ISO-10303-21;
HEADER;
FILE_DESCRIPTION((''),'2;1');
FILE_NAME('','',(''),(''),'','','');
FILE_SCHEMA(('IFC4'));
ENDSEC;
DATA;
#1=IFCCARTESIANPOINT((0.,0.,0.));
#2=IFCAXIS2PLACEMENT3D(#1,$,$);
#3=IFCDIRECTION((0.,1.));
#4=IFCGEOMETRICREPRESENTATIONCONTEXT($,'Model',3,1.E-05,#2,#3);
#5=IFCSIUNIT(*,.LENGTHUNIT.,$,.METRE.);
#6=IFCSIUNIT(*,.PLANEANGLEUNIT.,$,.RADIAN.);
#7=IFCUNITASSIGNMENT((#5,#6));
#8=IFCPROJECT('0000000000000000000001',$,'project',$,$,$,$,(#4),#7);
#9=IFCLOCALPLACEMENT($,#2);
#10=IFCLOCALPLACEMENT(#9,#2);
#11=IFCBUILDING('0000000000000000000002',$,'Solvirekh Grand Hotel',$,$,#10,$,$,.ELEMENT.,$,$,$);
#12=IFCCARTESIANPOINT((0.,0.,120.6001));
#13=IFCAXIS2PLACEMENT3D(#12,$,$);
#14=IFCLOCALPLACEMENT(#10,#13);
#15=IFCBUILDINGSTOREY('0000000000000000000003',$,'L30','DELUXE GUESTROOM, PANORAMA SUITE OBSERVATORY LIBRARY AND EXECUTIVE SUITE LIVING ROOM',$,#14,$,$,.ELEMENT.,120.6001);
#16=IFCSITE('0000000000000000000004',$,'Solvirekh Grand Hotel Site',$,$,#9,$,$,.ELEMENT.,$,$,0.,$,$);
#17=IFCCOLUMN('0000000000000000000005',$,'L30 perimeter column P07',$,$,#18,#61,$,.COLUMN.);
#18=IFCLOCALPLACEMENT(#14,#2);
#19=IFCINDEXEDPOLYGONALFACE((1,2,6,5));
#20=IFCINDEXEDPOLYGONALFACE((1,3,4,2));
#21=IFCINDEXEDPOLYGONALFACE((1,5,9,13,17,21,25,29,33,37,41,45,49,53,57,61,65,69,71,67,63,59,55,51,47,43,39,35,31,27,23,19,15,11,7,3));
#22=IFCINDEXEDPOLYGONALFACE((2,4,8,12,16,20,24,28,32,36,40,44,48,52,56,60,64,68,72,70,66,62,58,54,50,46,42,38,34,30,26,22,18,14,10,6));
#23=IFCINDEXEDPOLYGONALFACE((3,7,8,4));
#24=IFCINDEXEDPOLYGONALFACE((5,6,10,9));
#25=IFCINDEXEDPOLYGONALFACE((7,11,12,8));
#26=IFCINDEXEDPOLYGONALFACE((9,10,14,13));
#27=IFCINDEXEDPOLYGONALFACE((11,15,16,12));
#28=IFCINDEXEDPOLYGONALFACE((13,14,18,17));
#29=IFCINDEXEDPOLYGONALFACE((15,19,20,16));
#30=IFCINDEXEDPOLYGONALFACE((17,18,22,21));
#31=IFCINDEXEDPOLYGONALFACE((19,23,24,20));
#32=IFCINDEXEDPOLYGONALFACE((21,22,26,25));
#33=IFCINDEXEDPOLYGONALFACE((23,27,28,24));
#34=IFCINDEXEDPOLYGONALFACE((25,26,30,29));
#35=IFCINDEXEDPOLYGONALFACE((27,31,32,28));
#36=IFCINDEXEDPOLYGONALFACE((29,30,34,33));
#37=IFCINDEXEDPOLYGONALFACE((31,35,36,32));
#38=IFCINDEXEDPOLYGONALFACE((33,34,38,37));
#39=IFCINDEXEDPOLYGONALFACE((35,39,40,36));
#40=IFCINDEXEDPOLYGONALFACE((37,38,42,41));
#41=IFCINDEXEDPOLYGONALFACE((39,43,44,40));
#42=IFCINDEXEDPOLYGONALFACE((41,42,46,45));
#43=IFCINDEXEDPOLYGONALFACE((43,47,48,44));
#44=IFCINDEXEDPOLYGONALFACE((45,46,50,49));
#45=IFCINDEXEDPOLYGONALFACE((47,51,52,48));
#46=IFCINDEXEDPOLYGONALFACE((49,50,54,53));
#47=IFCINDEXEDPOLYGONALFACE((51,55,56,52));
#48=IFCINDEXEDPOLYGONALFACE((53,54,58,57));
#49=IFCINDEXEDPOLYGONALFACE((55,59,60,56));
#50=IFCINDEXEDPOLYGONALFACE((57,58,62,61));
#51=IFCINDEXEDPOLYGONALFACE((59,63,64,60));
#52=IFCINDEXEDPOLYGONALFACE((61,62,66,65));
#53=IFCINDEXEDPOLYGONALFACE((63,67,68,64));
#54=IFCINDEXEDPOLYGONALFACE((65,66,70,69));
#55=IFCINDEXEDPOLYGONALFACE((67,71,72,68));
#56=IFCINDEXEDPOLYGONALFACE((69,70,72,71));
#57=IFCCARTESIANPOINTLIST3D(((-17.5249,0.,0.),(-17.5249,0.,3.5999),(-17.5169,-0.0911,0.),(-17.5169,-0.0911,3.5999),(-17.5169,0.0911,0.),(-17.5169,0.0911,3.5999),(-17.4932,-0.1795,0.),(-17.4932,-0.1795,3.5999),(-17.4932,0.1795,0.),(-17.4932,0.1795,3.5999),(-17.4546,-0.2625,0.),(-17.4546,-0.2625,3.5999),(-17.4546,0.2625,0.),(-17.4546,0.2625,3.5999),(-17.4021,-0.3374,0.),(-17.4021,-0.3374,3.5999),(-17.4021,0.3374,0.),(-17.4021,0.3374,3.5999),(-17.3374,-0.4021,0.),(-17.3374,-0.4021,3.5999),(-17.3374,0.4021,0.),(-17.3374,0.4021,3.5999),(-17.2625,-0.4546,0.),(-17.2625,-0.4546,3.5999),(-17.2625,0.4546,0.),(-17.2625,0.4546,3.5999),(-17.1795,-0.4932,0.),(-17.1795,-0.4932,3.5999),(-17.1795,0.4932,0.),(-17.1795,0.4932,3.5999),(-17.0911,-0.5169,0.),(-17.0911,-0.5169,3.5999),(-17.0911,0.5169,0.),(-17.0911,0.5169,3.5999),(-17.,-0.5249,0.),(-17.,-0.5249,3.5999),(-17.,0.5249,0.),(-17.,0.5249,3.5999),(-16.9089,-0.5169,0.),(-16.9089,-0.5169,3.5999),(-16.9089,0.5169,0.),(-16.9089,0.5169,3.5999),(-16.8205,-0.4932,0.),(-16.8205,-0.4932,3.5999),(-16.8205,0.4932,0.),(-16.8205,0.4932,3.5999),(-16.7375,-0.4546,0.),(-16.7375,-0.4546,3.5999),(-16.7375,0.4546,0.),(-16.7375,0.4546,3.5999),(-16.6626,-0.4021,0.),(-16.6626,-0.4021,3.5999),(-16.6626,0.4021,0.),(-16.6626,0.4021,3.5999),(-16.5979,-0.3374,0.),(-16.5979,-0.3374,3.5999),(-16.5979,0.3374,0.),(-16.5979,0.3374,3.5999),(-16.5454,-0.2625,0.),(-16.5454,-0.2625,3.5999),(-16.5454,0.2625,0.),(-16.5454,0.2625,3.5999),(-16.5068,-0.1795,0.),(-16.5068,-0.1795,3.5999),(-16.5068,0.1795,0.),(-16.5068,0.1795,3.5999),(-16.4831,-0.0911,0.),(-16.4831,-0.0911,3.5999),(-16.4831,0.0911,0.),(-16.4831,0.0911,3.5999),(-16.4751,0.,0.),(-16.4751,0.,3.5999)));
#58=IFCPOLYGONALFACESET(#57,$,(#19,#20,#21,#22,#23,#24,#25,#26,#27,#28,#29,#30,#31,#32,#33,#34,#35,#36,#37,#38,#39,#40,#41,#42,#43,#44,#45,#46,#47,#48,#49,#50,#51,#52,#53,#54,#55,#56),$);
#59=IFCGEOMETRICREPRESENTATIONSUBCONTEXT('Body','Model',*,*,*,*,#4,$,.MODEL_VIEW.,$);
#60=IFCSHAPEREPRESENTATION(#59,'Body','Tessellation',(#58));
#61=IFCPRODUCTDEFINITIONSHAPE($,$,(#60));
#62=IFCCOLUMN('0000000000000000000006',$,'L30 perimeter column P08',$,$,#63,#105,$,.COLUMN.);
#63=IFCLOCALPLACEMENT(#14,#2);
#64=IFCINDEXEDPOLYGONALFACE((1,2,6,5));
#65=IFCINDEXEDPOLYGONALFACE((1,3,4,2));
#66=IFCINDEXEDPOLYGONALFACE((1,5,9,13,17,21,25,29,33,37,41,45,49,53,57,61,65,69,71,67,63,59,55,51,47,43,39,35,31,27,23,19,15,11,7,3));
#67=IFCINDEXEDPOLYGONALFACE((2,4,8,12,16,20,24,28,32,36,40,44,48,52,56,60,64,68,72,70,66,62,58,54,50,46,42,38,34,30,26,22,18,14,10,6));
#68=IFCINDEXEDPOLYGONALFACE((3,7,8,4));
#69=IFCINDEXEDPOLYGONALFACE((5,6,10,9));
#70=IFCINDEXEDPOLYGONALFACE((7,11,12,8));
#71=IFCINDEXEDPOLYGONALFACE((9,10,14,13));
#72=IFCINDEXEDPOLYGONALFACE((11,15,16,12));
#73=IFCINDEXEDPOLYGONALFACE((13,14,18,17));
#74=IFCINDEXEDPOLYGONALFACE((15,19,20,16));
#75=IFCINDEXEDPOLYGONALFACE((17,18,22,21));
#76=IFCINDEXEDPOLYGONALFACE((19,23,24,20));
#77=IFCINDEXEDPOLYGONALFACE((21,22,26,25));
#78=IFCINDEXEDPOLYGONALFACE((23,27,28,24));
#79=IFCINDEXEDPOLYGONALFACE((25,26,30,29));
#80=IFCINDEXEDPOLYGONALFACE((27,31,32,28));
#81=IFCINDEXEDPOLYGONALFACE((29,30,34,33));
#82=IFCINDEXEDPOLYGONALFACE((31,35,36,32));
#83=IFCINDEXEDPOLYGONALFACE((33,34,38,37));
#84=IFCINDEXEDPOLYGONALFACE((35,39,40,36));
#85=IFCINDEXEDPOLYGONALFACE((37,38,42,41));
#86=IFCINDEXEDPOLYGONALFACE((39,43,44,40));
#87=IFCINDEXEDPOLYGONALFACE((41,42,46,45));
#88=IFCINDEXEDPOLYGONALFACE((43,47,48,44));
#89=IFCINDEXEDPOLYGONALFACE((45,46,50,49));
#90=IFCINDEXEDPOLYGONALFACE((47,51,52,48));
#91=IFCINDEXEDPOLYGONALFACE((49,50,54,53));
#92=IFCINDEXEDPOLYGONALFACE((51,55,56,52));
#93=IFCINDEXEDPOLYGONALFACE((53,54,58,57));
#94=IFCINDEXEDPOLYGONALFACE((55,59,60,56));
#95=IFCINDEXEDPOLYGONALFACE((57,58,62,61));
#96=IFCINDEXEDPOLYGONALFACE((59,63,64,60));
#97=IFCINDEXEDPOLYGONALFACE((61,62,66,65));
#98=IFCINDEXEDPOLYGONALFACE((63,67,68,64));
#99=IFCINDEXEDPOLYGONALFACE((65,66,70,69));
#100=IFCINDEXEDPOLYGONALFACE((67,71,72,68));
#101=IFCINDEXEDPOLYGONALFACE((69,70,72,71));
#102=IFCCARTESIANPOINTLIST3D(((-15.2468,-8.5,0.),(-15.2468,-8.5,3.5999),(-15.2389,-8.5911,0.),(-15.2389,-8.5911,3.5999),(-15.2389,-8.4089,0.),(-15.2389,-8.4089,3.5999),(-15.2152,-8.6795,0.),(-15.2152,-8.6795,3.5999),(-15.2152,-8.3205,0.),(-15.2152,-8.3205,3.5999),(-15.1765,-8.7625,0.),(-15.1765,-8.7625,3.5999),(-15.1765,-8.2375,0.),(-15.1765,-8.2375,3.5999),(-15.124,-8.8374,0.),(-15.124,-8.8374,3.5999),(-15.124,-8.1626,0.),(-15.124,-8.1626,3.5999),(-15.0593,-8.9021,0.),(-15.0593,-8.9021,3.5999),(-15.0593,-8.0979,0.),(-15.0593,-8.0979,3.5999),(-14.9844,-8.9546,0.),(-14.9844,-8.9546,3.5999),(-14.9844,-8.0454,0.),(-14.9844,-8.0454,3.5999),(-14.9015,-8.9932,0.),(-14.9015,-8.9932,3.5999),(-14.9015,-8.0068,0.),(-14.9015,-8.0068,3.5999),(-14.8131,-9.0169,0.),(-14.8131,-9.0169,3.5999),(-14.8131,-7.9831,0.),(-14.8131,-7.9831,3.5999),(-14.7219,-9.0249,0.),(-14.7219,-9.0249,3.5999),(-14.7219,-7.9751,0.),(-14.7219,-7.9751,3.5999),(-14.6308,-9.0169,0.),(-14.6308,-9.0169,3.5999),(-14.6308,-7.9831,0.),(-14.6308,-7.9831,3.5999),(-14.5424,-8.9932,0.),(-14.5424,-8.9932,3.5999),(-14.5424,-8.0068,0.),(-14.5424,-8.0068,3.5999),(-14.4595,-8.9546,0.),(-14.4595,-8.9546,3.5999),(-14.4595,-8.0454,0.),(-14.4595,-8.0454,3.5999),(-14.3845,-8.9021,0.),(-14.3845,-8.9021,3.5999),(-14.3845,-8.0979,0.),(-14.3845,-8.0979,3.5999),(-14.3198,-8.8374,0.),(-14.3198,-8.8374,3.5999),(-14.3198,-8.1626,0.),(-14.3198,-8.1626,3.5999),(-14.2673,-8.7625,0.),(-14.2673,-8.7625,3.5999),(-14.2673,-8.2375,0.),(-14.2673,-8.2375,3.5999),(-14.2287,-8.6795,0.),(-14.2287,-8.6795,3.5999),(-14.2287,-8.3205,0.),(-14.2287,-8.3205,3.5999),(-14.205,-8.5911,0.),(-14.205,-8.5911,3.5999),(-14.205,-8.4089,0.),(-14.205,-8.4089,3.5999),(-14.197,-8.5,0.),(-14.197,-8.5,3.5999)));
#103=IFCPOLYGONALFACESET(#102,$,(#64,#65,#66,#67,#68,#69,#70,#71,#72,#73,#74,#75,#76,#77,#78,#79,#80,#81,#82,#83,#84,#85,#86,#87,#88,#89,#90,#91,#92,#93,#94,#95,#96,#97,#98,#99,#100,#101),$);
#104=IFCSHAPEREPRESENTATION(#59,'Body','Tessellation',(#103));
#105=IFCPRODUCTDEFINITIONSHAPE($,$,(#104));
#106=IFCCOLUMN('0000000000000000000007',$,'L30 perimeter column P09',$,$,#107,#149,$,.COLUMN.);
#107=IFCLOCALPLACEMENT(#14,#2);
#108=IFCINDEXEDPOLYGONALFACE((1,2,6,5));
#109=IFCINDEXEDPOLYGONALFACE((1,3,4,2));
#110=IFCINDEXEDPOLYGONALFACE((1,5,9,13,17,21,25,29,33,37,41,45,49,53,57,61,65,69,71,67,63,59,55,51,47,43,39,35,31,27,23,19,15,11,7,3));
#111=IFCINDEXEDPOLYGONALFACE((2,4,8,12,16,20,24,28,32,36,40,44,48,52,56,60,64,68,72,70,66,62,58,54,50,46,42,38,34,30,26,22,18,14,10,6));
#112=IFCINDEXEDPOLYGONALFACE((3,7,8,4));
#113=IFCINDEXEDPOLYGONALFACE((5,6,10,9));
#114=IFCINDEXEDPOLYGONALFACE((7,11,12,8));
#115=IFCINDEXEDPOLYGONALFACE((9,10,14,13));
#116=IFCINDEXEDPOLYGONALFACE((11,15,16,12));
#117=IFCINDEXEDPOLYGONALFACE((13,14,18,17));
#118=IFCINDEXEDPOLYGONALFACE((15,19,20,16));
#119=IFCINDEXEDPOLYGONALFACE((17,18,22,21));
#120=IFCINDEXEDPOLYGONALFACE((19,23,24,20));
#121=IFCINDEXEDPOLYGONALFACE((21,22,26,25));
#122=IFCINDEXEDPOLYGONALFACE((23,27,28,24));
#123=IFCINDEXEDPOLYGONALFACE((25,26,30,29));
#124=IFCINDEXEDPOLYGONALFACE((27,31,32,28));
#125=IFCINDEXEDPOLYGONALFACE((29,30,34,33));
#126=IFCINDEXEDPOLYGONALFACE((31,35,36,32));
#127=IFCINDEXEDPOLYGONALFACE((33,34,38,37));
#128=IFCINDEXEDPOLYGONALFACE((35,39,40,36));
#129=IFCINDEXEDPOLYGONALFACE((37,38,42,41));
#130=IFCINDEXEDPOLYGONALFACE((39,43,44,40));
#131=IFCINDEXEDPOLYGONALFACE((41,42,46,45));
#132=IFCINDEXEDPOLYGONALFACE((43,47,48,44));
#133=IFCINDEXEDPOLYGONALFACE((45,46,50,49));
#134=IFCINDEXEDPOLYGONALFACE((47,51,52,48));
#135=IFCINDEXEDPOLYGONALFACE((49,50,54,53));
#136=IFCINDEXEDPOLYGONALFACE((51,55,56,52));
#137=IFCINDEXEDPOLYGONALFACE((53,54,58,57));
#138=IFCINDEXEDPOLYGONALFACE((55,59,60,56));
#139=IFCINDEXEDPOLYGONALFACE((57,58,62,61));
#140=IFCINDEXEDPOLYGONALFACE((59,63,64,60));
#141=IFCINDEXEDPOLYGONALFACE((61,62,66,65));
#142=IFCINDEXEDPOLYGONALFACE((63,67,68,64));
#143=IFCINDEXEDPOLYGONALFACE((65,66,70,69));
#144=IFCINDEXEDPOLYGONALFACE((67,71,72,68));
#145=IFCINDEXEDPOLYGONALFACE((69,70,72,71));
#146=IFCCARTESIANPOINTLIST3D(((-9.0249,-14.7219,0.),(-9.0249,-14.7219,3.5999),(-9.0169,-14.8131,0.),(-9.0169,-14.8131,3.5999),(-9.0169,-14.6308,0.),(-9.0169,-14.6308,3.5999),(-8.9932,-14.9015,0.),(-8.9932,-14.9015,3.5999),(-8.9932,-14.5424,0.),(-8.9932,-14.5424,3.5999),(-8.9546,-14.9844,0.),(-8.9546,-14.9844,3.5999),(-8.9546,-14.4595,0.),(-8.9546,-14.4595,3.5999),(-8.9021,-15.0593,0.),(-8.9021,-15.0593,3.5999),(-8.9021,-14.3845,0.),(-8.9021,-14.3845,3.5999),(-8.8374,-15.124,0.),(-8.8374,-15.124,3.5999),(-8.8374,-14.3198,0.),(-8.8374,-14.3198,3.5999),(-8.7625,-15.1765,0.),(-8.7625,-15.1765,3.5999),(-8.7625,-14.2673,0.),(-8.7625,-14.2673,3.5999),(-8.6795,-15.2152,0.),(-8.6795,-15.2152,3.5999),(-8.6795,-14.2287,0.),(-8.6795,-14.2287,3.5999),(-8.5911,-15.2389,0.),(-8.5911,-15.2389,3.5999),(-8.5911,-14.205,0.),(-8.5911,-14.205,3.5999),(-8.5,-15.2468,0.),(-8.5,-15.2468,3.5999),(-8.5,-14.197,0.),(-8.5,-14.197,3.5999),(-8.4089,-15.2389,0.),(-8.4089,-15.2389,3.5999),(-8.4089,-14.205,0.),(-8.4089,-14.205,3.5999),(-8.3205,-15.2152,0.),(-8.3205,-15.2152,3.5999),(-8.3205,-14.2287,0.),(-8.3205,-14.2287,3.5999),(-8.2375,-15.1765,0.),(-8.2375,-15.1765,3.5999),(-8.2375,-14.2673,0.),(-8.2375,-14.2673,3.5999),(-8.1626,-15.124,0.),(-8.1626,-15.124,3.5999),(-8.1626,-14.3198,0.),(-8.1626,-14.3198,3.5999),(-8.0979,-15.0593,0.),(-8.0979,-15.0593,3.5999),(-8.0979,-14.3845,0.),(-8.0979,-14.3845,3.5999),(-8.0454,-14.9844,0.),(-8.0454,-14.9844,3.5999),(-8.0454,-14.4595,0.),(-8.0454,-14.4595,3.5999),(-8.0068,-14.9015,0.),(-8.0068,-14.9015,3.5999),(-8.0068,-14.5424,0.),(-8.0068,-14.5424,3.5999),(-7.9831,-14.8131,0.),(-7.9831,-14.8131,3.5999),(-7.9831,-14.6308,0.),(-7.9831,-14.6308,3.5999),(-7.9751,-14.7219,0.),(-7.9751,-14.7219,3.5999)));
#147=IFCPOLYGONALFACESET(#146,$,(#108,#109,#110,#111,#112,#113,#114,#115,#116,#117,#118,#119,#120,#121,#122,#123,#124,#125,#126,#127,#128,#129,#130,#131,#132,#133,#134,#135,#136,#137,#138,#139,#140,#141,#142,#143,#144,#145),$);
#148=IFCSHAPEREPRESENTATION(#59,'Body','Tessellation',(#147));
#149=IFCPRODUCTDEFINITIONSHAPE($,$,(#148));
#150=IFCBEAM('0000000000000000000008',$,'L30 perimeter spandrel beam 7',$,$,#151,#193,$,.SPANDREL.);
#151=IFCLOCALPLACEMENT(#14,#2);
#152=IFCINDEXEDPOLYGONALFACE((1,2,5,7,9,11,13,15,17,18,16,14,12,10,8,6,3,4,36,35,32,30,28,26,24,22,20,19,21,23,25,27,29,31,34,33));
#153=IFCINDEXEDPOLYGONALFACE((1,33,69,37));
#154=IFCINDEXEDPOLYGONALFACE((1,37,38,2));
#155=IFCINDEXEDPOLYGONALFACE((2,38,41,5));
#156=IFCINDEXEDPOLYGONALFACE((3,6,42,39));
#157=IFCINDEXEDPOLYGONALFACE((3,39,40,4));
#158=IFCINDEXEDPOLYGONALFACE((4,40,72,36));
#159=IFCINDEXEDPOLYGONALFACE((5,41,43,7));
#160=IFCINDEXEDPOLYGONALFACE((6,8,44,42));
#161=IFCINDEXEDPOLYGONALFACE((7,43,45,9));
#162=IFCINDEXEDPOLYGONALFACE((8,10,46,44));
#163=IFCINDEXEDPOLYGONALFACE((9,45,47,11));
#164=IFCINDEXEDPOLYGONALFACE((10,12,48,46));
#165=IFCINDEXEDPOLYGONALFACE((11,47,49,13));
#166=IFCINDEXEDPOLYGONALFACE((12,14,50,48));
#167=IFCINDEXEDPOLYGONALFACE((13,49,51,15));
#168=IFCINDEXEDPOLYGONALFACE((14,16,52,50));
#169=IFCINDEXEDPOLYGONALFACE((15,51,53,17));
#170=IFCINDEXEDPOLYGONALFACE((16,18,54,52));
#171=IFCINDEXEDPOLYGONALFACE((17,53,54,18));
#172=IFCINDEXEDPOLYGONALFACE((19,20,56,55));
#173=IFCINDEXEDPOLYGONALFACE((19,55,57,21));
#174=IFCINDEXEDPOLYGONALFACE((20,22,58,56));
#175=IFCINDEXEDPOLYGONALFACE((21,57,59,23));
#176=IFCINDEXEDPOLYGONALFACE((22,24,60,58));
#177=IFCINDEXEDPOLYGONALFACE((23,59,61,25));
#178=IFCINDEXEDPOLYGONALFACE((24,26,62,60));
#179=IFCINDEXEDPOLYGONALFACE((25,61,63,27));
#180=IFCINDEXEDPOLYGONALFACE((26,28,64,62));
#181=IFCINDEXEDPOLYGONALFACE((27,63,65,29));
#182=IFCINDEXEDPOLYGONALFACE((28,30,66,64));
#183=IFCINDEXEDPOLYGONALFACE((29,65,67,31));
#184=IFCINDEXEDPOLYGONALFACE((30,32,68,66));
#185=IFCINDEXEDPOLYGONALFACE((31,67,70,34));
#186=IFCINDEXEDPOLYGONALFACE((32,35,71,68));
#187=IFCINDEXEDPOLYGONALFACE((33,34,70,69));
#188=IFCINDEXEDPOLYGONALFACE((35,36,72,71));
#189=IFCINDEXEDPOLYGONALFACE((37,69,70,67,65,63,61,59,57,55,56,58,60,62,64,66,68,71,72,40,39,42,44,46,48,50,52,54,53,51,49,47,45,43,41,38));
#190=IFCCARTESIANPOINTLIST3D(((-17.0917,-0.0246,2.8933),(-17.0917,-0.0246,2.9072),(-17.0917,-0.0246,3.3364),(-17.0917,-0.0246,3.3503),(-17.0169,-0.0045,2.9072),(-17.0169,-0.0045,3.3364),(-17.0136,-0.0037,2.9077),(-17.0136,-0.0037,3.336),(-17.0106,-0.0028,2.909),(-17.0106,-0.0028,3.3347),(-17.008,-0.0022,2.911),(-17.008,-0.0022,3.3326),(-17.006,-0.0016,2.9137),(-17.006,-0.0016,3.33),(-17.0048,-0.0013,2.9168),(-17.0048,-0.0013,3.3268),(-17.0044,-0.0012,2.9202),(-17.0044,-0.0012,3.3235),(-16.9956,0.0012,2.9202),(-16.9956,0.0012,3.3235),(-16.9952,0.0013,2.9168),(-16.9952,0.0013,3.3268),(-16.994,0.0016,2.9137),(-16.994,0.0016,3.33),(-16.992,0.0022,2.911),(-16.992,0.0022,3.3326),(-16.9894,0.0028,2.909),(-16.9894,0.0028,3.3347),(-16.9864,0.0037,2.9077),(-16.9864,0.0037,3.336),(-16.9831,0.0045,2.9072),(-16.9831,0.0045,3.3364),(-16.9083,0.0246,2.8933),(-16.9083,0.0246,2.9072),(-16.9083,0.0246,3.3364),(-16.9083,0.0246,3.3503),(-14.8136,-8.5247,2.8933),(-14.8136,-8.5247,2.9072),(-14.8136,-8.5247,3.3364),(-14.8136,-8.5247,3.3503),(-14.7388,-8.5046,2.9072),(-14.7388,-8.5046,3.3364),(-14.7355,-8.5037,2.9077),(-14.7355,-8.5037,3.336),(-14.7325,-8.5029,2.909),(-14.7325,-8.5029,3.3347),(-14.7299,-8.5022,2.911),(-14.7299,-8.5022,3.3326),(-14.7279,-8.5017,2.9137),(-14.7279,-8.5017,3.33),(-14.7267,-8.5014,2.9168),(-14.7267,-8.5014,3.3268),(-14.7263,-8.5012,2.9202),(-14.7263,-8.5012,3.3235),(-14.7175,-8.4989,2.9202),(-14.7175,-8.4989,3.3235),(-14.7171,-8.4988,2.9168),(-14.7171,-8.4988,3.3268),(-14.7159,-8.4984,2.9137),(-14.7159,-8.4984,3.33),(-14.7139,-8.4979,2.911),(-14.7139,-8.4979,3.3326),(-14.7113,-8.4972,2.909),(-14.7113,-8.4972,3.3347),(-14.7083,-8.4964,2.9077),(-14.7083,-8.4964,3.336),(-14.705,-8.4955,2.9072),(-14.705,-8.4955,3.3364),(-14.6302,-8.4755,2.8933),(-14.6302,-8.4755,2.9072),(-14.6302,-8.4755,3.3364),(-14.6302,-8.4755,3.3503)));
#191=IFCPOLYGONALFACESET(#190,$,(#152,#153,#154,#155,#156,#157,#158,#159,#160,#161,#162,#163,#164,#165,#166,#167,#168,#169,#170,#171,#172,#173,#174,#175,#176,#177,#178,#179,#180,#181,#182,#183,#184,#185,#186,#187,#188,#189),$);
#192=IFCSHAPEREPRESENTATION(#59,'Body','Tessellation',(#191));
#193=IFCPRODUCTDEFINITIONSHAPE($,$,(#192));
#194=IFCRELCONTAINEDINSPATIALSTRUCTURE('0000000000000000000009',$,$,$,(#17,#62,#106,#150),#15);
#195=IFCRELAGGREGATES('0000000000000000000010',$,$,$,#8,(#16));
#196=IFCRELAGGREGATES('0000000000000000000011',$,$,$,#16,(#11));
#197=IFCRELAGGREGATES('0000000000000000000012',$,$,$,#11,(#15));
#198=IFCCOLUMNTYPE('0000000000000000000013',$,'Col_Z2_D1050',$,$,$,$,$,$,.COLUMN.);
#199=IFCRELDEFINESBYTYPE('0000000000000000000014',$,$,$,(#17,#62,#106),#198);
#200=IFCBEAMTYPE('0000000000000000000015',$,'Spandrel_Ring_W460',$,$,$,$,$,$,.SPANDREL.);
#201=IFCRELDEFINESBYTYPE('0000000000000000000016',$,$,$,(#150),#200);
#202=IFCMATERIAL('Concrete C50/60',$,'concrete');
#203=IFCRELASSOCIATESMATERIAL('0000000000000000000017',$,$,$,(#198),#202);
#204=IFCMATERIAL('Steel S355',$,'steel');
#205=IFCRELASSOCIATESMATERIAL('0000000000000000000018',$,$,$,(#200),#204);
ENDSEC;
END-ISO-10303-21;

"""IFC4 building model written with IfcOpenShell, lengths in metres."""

from ifc_helpers import new_model, si_unit, direction, frame, origin, origin_2d, place, context, subcontext, project, spatial, circle, i_section, extrude, material, material_profile, profile_set, type_object, element, save


model = new_model("IFC4")

# Units and contexts
model_context = context("Model", 3, precision=1e-05, world=origin(), true_north=direction((0.0, 1.0)))
body_context = subcontext(model_context, "Body", "Model", "MODEL_VIEW")
ifc_project = project(units=[si_unit("LENGTHUNIT", "METRE"), si_unit("PLANEANGLEUNIT", "RADIAN")], contexts=[model_context])

# Site, building, storey
site_placement = place(None, origin())
site = spatial("IfcSite", under=ifc_project, at=site_placement, Name="Solvirekh Grand Hotel Site", CompositionType="ELEMENT", RefElevation=0.0)
building_placement = place(site_placement, origin())
building = spatial("IfcBuilding", under=site, at=building_placement, Name="Solvirekh Grand Hotel", CompositionType="ELEMENT")
storey_placement = place(building_placement, frame((0.0, 0.0, 120.6001)))
storey = spatial("IfcBuildingStorey", under=building, at=storey_placement, Name="L30", Description="DELUXE GUESTROOM, PANORAMA SUITE OBSERVATORY LIBRARY AND EXECUTIVE SUITE LIVING ROOM", CompositionType="ELEMENT", Elevation=120.6001)

# Columns
ifc_material_1 = material(Name="Concrete C50/60", Category="concrete")
ifc_material_profile_1 = material_profile(ifc_material_1, circle(Radius=0.5249, at=origin_2d()), Name="RC CIRC D1050")
ifc_profile_set_1 = profile_set([ifc_material_profile_1], Name="Concrete C50/60")
column_type = type_object("IfcColumnType", Name="Col_Z2_D1050", PredefinedType="COLUMN", material=ifc_profile_set_1)
for number, where, z_axis, x_axis, name in (
    (1, (-17.0, 0.0, 0.0), (0.0, 0.0, 1.0), (1.0, 0.0, 0.0), "L30 perimeter column P07"),
    (2, (-14.7219, -8.5, 0.0), (0.0, 0.0, 1.0), (1.0, 0.0, 0.0), "L30 perimeter column P08"),
    (3, (-8.5, -14.7219, 0.0), (0.0, 0.0, 1.0), (1.0, 0.0, 0.0), "L30 perimeter column P09"),
):
    element("IfcColumn", number, at=place(storey_placement, frame(where, z_axis=z_axis, x_axis=x_axis)), inside=storey, type_object=column_type, Name=name, PredefinedType="COLUMN", context=body_context, shape_type="SweptSolid", body=[
        extrude(circle(Radius=0.5249, at=origin_2d()), origin(), (0.0, 0.0, 1.0), 3.5999),
    ])

# Beam
ifc_material_2 = material(Name="Steel S355", Category="steel")
ifc_material_profile_2 = material_profile(ifc_material_2, i_section(OverallWidth=0.1899, OverallDepth=0.457, WebThickness=0.009, FlangeThickness=0.0139, FilletRadius=0.0129, at=origin_2d()), Name="W460X74")
ifc_profile_set_2 = profile_set([ifc_material_profile_2], Name="Steel S355")
beam_type = type_object("IfcBeamType", Name="Spandrel_Ring_W460", PredefinedType="SPANDREL", material=ifc_profile_set_2)
beam_1_placement = place(storey_placement, frame((-17.0, 0.0, 3.1218), z_axis=(0.258873, -0.965911, 0.0), x_axis=(0.965911, 0.258873, 0.0)))
element("IfcBeam", 4, at=beam_1_placement, inside=storey, type_object=beam_type, Name="L30 perimeter spandrel beam 7", PredefinedType="SPANDREL", context=body_context, shape_type="SweptSolid", body=[
    extrude(i_section(OverallWidth=0.1899, OverallDepth=0.457, WebThickness=0.009, FlangeThickness=0.0139, FilletRadius=0.0129, at=origin_2d()), origin(), (0.0, 0.0, 1.0), 8.8),
])

save(model, "model.ifc")
